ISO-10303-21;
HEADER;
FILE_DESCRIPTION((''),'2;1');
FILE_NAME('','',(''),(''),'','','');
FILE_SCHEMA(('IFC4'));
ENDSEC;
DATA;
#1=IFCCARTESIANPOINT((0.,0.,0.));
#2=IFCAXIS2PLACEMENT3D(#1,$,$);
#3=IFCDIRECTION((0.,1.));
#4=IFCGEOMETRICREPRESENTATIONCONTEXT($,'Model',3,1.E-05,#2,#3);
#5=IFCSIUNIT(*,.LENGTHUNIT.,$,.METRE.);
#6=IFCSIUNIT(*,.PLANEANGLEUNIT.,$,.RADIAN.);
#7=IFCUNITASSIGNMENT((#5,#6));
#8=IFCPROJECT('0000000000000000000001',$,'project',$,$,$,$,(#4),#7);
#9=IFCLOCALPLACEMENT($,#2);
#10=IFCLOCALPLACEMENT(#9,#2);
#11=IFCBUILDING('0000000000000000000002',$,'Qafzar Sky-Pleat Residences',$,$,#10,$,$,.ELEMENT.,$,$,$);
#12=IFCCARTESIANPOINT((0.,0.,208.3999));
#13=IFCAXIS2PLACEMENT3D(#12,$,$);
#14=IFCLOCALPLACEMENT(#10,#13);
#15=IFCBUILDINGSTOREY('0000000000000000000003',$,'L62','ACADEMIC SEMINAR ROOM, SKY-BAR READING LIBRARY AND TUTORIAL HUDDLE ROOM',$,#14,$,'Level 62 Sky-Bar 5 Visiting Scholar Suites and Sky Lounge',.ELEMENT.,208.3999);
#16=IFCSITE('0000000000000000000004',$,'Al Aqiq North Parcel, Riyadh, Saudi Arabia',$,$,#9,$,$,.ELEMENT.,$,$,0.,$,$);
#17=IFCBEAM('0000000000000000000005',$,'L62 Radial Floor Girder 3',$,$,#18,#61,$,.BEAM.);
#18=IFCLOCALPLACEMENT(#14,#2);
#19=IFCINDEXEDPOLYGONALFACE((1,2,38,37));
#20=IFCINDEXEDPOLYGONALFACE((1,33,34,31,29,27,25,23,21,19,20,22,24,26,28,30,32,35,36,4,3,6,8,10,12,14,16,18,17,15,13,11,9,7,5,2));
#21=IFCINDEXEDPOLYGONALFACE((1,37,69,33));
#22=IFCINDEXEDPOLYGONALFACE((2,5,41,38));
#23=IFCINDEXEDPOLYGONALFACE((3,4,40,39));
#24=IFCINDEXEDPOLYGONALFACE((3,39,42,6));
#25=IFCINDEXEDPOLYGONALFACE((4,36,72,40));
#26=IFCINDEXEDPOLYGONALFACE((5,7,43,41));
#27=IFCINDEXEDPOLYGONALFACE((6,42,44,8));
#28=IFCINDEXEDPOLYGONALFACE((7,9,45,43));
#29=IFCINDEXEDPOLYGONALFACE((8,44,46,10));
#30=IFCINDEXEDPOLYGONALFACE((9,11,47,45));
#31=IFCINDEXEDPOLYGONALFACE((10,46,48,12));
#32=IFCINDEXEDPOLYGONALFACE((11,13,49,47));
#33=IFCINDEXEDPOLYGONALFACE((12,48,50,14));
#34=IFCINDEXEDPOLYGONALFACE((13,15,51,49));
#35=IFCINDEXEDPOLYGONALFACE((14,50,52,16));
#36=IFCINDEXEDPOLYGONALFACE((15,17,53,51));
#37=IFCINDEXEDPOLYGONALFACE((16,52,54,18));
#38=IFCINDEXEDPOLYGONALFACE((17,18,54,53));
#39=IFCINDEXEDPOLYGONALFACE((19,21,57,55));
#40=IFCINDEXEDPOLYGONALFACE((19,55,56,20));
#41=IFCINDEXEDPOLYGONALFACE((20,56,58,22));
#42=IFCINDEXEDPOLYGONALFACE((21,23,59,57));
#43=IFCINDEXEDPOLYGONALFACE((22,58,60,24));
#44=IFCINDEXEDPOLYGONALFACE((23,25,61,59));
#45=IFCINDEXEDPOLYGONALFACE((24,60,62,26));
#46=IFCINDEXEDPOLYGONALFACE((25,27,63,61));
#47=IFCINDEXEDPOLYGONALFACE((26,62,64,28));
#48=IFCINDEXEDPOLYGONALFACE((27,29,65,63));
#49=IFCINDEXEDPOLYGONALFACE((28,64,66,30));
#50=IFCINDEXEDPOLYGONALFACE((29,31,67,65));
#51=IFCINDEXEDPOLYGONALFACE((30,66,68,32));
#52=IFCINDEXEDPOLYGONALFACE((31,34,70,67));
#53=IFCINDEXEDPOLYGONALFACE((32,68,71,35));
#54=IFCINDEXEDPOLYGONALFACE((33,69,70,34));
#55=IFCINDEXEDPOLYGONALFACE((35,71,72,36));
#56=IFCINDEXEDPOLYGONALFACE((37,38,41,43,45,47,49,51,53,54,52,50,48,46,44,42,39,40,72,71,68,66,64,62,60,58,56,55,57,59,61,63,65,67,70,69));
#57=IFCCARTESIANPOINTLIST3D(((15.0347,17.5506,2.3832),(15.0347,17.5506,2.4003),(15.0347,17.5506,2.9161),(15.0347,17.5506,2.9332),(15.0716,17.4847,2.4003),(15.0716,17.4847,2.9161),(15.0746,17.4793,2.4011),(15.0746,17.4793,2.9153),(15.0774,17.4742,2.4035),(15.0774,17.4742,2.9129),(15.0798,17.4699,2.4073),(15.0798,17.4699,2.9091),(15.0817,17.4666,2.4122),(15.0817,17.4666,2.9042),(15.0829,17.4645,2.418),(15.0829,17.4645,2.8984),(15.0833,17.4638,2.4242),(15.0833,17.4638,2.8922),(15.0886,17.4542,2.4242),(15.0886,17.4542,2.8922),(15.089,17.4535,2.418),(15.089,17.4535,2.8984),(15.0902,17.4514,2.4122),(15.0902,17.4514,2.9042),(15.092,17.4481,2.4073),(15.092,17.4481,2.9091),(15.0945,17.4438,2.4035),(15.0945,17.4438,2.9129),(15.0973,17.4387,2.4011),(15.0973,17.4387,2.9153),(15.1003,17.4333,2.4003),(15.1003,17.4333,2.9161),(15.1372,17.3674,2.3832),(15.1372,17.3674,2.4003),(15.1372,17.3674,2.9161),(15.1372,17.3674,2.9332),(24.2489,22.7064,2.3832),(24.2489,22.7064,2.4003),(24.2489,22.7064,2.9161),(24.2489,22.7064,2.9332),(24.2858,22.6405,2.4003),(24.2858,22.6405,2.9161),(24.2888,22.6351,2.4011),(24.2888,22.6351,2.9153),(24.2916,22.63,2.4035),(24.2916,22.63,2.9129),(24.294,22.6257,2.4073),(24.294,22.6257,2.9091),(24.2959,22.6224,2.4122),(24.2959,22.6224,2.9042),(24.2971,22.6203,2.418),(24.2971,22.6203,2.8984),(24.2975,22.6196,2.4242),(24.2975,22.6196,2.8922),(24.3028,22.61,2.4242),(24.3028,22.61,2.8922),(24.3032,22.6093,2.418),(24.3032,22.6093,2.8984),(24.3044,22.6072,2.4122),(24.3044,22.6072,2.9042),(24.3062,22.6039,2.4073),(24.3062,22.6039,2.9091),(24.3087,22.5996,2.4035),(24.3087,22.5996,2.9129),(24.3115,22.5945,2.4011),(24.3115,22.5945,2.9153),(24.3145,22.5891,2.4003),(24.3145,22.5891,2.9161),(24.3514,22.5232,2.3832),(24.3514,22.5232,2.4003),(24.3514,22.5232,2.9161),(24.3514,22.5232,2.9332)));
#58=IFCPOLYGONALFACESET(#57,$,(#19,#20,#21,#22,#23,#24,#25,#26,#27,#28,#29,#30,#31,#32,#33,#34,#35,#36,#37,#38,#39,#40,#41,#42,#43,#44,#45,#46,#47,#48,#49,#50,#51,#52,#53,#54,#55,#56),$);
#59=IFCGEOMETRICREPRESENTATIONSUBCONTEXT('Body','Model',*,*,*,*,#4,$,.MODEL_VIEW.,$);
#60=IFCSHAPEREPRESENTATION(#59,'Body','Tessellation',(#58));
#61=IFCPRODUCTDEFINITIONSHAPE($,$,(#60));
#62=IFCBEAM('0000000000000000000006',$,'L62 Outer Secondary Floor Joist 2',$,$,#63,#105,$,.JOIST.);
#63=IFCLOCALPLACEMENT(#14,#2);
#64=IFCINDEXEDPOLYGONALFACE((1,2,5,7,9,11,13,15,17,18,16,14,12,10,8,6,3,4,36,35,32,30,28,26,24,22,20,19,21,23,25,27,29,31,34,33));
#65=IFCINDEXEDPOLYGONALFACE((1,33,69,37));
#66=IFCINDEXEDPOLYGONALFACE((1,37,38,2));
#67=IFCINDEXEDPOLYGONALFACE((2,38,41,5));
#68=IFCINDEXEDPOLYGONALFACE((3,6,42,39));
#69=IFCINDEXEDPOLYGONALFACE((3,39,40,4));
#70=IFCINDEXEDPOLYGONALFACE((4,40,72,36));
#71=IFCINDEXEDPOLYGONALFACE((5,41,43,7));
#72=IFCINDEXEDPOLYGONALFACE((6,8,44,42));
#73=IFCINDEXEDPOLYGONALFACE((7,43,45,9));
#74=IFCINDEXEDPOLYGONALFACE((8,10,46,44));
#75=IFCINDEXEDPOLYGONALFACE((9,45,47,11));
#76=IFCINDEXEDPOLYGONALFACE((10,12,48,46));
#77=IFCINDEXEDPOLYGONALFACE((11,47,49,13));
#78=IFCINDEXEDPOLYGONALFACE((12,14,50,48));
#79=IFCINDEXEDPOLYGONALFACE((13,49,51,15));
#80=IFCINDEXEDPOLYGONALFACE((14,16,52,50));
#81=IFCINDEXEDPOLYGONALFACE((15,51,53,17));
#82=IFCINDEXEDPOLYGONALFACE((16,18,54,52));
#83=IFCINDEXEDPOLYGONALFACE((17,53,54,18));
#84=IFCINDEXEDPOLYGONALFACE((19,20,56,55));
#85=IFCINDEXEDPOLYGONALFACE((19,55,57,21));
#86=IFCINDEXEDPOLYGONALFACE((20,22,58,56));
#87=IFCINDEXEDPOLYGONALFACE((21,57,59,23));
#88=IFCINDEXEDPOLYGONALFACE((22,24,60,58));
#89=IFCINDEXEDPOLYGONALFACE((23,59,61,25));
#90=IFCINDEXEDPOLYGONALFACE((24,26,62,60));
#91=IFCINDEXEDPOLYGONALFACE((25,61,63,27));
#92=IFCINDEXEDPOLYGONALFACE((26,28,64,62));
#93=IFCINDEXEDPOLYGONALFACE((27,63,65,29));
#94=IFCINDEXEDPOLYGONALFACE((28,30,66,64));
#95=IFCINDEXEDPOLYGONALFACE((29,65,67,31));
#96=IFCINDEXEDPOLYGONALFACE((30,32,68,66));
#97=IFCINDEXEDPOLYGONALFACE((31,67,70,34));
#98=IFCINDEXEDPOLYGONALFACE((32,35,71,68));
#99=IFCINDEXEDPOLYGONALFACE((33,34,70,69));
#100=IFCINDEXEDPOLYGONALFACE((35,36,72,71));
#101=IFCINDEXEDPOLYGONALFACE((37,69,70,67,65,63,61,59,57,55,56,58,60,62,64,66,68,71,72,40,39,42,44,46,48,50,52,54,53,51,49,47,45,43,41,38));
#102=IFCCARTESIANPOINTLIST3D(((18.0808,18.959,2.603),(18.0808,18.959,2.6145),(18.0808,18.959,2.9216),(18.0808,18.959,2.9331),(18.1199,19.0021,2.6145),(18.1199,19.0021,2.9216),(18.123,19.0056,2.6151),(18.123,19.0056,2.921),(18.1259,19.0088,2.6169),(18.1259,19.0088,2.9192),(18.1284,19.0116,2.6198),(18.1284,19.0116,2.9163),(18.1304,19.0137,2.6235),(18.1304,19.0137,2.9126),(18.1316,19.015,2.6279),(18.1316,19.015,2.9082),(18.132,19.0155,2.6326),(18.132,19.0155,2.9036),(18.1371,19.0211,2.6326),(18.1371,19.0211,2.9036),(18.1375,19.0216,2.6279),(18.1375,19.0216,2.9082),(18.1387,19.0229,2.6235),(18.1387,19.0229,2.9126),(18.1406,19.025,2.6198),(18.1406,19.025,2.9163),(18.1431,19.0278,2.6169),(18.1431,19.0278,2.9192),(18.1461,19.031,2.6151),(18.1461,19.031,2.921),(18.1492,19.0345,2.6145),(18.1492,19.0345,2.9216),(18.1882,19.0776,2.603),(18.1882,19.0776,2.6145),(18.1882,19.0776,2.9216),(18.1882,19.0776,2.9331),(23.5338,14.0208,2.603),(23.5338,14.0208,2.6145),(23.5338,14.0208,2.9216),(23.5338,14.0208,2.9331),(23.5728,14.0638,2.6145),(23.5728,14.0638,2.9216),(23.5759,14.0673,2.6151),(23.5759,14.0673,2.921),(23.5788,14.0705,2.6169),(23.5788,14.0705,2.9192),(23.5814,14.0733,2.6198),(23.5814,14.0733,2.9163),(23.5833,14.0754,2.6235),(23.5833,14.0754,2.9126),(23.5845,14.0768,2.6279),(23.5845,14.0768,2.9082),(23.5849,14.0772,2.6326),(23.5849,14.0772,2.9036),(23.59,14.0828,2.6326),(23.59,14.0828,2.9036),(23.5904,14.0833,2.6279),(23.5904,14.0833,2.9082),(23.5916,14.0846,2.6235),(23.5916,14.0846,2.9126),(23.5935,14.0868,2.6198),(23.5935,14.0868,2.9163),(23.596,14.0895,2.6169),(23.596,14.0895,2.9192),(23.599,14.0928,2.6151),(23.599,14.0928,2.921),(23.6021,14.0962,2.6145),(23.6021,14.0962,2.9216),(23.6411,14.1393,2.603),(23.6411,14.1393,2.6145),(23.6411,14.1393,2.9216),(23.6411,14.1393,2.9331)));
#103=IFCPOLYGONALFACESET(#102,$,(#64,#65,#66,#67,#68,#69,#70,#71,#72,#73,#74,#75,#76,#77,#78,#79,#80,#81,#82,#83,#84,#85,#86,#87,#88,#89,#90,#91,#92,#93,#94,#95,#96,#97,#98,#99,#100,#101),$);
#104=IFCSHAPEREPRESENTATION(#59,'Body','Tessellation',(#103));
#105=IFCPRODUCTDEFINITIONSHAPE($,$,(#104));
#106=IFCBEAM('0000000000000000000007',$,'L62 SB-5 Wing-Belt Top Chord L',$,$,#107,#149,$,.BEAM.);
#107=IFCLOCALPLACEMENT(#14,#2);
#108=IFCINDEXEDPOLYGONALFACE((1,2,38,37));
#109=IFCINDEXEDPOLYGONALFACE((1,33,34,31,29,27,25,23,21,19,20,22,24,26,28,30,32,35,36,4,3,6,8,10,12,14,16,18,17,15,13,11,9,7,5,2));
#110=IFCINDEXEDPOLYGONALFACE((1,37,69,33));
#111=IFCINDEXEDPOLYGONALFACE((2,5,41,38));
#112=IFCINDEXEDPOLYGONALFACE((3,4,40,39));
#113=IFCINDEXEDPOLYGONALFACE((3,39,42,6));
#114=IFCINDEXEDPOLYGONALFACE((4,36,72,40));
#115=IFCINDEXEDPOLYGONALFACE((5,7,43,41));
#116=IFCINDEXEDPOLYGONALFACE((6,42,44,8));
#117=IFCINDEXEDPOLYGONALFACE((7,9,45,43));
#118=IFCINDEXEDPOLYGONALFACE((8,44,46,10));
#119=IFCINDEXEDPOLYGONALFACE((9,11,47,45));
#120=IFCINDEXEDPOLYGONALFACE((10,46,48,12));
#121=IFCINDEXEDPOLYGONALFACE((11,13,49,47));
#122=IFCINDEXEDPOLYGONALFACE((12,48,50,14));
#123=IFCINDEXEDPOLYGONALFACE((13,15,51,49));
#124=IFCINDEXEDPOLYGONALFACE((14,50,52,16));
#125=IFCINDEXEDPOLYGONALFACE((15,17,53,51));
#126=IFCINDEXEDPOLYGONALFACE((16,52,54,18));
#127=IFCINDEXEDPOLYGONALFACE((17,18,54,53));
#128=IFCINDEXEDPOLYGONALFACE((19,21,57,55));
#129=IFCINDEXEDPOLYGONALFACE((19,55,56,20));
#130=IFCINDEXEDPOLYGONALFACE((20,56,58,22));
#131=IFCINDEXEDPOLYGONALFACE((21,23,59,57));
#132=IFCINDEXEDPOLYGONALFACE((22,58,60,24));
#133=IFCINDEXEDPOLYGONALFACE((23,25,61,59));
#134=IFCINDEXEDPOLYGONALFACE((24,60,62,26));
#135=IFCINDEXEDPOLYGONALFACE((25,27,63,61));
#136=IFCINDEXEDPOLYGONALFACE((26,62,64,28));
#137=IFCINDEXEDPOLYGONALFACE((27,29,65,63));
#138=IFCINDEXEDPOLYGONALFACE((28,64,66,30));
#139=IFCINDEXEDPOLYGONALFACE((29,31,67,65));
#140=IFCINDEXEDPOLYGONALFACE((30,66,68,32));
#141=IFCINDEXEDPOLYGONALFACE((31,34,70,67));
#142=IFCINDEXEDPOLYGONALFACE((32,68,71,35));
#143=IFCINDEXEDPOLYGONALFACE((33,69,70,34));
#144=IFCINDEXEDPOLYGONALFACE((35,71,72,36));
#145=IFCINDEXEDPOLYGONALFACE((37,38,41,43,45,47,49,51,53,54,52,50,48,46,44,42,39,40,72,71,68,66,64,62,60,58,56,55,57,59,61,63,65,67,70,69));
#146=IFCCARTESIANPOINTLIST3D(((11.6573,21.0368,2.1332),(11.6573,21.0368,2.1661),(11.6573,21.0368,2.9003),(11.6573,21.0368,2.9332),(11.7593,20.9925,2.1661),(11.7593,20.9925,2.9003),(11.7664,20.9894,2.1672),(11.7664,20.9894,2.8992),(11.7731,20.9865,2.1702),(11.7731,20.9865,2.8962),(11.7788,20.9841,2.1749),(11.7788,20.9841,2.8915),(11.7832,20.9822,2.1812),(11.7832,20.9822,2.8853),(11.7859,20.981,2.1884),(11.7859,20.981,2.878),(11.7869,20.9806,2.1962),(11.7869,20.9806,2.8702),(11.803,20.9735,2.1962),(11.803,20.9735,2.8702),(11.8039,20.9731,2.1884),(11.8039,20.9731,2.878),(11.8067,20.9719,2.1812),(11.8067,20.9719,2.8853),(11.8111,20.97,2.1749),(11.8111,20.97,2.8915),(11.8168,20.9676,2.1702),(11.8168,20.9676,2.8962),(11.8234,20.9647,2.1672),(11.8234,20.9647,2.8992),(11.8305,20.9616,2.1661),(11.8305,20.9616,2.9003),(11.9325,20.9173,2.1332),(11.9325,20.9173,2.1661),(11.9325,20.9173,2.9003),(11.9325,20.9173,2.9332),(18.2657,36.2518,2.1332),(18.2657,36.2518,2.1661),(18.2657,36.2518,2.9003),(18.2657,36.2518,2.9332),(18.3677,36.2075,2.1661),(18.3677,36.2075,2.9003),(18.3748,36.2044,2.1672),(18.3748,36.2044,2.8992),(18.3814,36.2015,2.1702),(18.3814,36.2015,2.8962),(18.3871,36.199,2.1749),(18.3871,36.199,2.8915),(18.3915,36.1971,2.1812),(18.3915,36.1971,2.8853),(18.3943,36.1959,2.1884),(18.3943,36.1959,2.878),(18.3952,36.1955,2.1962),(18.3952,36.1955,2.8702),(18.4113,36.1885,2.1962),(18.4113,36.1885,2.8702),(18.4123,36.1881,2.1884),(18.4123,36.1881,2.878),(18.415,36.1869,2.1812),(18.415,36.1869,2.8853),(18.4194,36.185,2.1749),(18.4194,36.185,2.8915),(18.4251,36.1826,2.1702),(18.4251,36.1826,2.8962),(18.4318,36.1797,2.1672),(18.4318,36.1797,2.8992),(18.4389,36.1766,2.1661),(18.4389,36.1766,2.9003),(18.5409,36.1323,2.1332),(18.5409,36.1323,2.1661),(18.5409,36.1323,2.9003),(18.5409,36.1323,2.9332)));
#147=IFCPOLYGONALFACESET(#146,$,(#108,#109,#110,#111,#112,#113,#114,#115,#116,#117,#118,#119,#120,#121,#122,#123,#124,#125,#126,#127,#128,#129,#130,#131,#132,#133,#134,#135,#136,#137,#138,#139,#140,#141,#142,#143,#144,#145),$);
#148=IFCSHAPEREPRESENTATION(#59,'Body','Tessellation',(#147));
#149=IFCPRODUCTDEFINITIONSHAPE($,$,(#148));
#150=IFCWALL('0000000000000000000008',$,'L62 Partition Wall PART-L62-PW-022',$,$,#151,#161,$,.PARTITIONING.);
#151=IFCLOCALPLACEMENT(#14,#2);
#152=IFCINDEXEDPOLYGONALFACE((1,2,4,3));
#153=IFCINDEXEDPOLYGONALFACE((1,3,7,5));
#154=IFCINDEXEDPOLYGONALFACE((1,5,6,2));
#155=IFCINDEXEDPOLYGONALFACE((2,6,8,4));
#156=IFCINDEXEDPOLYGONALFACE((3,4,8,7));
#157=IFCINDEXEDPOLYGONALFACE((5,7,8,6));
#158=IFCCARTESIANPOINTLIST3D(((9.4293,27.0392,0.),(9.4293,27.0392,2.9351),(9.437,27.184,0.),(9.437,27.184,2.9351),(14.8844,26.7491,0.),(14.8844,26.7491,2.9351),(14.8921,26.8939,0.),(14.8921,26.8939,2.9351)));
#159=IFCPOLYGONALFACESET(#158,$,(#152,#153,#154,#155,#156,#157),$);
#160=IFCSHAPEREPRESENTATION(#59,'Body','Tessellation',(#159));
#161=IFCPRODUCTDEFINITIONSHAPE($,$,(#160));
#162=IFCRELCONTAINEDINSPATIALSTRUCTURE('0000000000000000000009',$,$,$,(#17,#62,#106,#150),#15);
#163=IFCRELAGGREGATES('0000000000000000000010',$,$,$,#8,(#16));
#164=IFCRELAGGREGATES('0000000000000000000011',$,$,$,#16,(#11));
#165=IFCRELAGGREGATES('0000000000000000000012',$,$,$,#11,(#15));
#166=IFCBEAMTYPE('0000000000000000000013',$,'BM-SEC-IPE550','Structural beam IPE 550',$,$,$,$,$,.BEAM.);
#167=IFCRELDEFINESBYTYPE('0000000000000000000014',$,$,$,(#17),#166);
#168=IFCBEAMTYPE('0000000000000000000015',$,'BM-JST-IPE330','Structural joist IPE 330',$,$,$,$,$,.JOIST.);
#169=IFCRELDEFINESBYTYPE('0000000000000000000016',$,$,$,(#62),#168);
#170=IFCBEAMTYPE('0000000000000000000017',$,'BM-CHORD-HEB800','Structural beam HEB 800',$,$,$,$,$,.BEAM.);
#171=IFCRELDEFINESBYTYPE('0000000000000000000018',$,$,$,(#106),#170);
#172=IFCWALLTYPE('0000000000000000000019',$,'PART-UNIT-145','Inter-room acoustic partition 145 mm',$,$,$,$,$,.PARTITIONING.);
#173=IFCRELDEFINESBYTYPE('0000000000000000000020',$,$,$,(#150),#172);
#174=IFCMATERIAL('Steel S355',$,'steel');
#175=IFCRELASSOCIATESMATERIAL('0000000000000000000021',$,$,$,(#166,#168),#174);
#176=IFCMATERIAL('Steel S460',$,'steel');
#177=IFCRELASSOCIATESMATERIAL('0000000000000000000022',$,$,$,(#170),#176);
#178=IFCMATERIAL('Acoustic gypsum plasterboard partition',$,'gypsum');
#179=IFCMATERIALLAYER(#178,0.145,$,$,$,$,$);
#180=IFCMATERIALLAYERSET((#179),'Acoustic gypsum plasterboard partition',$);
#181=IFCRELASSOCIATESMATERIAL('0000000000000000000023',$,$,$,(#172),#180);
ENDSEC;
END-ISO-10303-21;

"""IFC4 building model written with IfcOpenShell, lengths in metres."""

from ifc_helpers import new_model, si_unit, direction, frame, frame_2d, origin, origin_2d, place, context, subcontext, project, spatial, rectangle, i_section, extrude, source, transform, mapped, material, layer, layer_set, material_profile, profile_set, type_object, element, save


model = new_model("IFC4")

# Units and contexts
model_context = context("Model", 3, precision=1e-05, world=origin(), true_north=direction((0.0, 1.0)))
body_context = subcontext(model_context, "Body", "Model", "MODEL_VIEW")
ifc_project = project(units=[si_unit("LENGTHUNIT", "METRE"), si_unit("PLANEANGLEUNIT", "RADIAN")], contexts=[model_context])

# Site, building, storey
site_placement = place(None, origin())
site = spatial("IfcSite", under=ifc_project, at=site_placement, Name="Al Aqiq North Parcel, Riyadh, Saudi Arabia", CompositionType="ELEMENT", RefElevation=0.0)
building_placement = place(site_placement, origin())
building = spatial("IfcBuilding", under=site, at=building_placement, Name="Qafzar Sky-Pleat Residences", CompositionType="ELEMENT")
storey_placement = place(building_placement, frame((0.0, 0.0, 208.3999)))
storey = spatial("IfcBuildingStorey", under=building, at=storey_placement, Name="L62", Description="ACADEMIC SEMINAR ROOM, SKY-BAR READING LIBRARY AND TUTORIAL HUDDLE ROOM", LongName="Level 62 Sky-Bar 5 Visiting Scholar Suites and Sky Lounge", CompositionType="ELEMENT", Elevation=208.3999)

# Shared definitions
ifc_material_1 = material(Name="Steel S355", Category="steel")

# Beams
ifc_material_profile_1 = material_profile(ifc_material_1, i_section(OverallWidth=0.21, OverallDepth=0.55, WebThickness=0.011, FlangeThickness=0.0171, FilletRadius=0.0239, at=origin_2d()), Name="IPE 550")
ifc_profile_set_1 = profile_set([ifc_material_profile_1], Name="Steel S355")
beam_type_1 = type_object("IfcBeamType", Name="BM-SEC-IPE550", Description="Structural beam IPE 550", PredefinedType="BEAM", material=ifc_profile_set_1)
shared_shape_1 = source(origin(), body_context, "Body", "SweptSolid", [
    extrude(i_section(OverallWidth=0.21, OverallDepth=0.55, WebThickness=0.011, FlangeThickness=0.0171, FilletRadius=0.0239, at=origin_2d()), origin(), (0.0, 0.0, 1.0), 10.5586),
])
beam_1_placement = place(storey_placement, frame((15.0859, 17.459, 2.6582), z_axis=(0.872673, 0.488305, 0.0), x_axis=(-0.488305, 0.872673, 0.0)))
element("IfcBeam", 1, at=beam_1_placement, inside=storey, type_object=beam_type_1, Name="L62 Radial Floor Girder 3", PredefinedType="BEAM", context=body_context, shape_type="MappedRepresentation", body=[
    mapped(shared_shape_1, transform((0.0, 0.0, 0.0), x_axis=(1.0, 0.0, 0.0), y_axis=(0.0, 1.0, 0.0), z_axis=(0.0, 0.0, 1.0), scale=1.0)),
])
ifc_material_profile_2 = material_profile(ifc_material_1, i_section(OverallWidth=0.1599, OverallDepth=0.3301, WebThickness=0.0076, FlangeThickness=0.0115, FilletRadius=0.0181, at=origin_2d()), Name="IPE 330")
ifc_profile_set_2 = profile_set([ifc_material_profile_2], Name="Steel S355")
beam_type_2 = type_object("IfcBeamType", Name="BM-JST-IPE330", Description="Structural joist IPE 330", PredefinedType="JOIST", material=ifc_profile_set_2)
shared_shape_2 = source(origin(), body_context, "Body", "SweptSolid", [
    extrude(i_section(OverallWidth=0.1599, OverallDepth=0.3301, WebThickness=0.0076, FlangeThickness=0.0115, FilletRadius=0.0181, at=origin_2d()), origin(), (0.0, 0.0, 1.0), 7.3567),
])
beam_2_placement = place(storey_placement, frame((18.1345, 19.0183, 2.7681), z_axis=(0.74122, -0.671263, 0.0), x_axis=(0.671263, 0.74122, 0.0)))
element("IfcBeam", 2, at=beam_2_placement, inside=storey, type_object=beam_type_2, Name="L62 Outer Secondary Floor Joist 2", PredefinedType="JOIST", context=body_context, shape_type="MappedRepresentation", body=[
    mapped(shared_shape_2, transform((0.0, 0.0, 0.0), x_axis=(1.0, 0.0, 0.0), y_axis=(0.0, 1.0, 0.0), z_axis=(0.0, 0.0, 1.0), scale=1.0)),
])
ifc_material_2 = material(Name="Steel S460", Category="steel")
ifc_material_profile_3 = material_profile(ifc_material_2, i_section(OverallWidth=0.3, OverallDepth=0.8, WebThickness=0.0176, FlangeThickness=0.033, FilletRadius=0.03, at=origin_2d()), Name="HEB 800")
ifc_profile_set_3 = profile_set([ifc_material_profile_3], Name="Steel S460")
beam_type_3 = type_object("IfcBeamType", Name="BM-CHORD-HEB800", Description="Structural beam HEB 800", PredefinedType="BEAM", material=ifc_profile_set_3)
shared_shape_3 = source(origin(), body_context, "Body", "SweptSolid", [
    extrude(i_section(OverallWidth=0.3, OverallDepth=0.8, WebThickness=0.0176, FlangeThickness=0.033, FilletRadius=0.03, at=origin_2d()), origin(), (0.0, 0.0, 1.0), 16.5881),
])
beam_3_placement = place(storey_placement, frame((11.7949, 20.9771, 2.5332), z_axis=(0.398378, 0.917221, 0.0), x_axis=(-0.917221, 0.398378, 0.0)))
element("IfcBeam", 3, at=beam_3_placement, inside=storey, type_object=beam_type_3, Name="L62 SB-5 Wing-Belt Top Chord L", PredefinedType="BEAM", context=body_context, shape_type="MappedRepresentation", body=[
    mapped(shared_shape_3, transform((0.0, 0.0, 0.0), x_axis=(1.0, 0.0, 0.0), y_axis=(0.0, 1.0, 0.0), z_axis=(0.0, 0.0, 1.0), scale=1.0)),
])

# Wall
ifc_material_3 = material(Name="Acoustic gypsum plasterboard partition", Category="gypsum")
ifc_layer_1 = layer(ifc_material_3, 0.145)
ifc_layer_set_1 = layer_set([ifc_layer_1], Name="Acoustic gypsum plasterboard partition")
wall_type_1 = type_object("IfcWallType", Name="PART-UNIT-145", Description="Inter-room acoustic partition 145 mm", PredefinedType="PARTITIONING", material=ifc_layer_set_1)
wall_1_placement = place(storey_placement, frame((9.4331, 27.1116, 0.0), z_axis=(0.0, 0.0, 1.0), x_axis=(0.99859, -0.053094, 0.0)))
element("IfcWall", 4, at=wall_1_placement, inside=storey, type_object=wall_type_1, Name="L62 Partition Wall PART-L62-PW-022", PredefinedType="PARTITIONING", context=body_context, shape_type="SweptSolid", body=[
    extrude(rectangle(XDim=5.4629, YDim=0.145, at=frame_2d((2.7314, 0.0))), origin(), (0.0, 0.0, 1.0), 2.9351),
])

save(model, "model.ifc")
